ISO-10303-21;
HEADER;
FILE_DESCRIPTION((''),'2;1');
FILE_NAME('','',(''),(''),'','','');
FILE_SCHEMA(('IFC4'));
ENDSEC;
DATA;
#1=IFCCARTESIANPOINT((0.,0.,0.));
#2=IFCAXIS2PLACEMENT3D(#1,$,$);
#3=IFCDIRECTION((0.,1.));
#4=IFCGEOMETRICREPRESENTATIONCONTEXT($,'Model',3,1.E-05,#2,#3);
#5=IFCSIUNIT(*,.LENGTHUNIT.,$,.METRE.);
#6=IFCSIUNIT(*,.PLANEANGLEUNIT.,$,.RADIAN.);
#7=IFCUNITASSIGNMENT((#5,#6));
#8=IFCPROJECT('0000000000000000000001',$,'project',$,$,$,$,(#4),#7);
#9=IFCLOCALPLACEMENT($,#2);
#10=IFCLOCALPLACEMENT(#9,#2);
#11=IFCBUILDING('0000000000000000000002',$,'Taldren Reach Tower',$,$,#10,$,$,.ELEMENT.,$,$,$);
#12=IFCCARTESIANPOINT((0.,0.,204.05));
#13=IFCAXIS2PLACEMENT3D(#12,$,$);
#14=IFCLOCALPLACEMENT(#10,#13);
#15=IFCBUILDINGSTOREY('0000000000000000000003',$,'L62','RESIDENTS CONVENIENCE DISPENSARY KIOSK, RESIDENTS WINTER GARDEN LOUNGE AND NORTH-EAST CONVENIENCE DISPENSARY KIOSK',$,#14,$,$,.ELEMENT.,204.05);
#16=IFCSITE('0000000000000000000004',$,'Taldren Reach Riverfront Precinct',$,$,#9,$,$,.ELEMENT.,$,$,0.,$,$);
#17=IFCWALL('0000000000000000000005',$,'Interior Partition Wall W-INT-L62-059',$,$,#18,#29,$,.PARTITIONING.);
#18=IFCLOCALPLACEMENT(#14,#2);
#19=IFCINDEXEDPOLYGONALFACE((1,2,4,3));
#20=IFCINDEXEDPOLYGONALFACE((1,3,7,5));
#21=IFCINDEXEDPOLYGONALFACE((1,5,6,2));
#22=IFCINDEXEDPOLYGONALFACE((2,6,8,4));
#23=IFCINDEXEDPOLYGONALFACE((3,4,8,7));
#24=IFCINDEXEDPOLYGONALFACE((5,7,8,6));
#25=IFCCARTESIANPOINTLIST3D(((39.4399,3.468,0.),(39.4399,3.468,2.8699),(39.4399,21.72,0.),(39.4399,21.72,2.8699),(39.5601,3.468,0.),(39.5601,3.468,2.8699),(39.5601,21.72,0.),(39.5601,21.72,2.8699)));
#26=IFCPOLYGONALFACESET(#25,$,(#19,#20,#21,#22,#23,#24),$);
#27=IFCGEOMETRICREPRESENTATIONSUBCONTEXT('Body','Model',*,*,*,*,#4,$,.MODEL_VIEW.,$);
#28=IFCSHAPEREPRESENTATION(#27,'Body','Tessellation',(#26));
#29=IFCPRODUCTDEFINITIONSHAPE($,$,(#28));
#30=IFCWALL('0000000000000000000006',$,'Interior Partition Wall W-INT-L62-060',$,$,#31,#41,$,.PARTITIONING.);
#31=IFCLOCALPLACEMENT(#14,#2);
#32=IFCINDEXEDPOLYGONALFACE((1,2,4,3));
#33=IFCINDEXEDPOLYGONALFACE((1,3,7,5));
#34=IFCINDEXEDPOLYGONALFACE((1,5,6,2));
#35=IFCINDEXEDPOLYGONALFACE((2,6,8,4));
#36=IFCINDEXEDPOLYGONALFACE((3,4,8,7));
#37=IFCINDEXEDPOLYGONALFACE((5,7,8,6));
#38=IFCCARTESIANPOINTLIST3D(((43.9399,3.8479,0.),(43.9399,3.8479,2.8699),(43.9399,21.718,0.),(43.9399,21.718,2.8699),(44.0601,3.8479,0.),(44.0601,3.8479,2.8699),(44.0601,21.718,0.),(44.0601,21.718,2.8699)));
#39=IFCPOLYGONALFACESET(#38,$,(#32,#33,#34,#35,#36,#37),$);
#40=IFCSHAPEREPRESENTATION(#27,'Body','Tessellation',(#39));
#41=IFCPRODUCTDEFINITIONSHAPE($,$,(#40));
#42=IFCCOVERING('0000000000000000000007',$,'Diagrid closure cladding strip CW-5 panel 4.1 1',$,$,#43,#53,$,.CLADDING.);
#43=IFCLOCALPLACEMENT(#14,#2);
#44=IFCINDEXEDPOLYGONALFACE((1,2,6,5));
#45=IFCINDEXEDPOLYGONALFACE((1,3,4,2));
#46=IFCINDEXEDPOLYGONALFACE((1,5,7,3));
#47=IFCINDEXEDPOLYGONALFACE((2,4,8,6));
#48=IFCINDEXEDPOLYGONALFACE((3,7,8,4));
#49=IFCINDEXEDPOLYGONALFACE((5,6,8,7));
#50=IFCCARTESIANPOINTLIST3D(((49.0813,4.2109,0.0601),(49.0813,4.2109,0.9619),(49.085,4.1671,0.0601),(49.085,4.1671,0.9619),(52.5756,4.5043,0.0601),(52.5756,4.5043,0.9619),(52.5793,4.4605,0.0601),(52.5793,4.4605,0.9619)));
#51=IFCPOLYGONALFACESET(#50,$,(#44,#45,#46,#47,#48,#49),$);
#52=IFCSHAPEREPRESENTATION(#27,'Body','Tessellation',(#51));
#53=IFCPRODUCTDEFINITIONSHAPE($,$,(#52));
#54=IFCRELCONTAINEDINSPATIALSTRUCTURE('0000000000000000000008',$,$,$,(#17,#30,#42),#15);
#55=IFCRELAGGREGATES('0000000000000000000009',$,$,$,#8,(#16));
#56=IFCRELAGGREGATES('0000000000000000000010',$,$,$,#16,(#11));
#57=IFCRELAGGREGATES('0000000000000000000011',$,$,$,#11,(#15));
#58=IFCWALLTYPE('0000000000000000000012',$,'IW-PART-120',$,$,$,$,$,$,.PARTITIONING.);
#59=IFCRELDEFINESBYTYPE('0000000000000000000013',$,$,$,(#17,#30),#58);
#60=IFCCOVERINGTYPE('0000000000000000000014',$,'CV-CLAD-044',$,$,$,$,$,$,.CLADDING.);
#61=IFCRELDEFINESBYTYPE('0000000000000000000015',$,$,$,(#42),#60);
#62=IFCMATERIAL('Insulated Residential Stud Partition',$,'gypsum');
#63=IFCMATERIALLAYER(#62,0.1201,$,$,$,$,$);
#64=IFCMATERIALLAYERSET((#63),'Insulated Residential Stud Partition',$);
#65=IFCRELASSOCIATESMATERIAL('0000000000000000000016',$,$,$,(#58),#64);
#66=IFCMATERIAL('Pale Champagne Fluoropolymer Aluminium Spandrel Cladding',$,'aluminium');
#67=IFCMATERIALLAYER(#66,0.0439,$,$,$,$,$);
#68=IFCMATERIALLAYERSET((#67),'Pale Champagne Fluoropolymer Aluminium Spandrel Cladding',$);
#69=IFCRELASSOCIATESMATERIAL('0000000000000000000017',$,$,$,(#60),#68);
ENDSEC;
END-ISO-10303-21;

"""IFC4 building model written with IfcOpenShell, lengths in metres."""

from ifc_helpers import new_model, si_unit, direction, frame, frame_2d, origin, origin_2d, place, context, subcontext, project, spatial, rectangle, extrude, source, transform, mapped, material, layer, layer_set, type_object, element, save


model = new_model("IFC4")

# Units and contexts
model_context = context("Model", 3, precision=1e-05, world=origin(), true_north=direction((0.0, 1.0)))
body_context = subcontext(model_context, "Body", "Model", "MODEL_VIEW")
ifc_project = project(units=[si_unit("LENGTHUNIT", "METRE"), si_unit("PLANEANGLEUNIT", "RADIAN")], contexts=[model_context])

# Site, building, storey
site_placement = place(None, origin())
site = spatial("IfcSite", under=ifc_project, at=site_placement, Name="Taldren Reach Riverfront Precinct", CompositionType="ELEMENT", RefElevation=0.0)
building_placement = place(site_placement, origin())
building = spatial("IfcBuilding", under=site, at=building_placement, Name="Taldren Reach Tower", CompositionType="ELEMENT")
storey_placement = place(building_placement, frame((0.0, 0.0, 204.05)))
storey = spatial("IfcBuildingStorey", under=building, at=storey_placement, Name="L62", Description="RESIDENTS CONVENIENCE DISPENSARY KIOSK, RESIDENTS WINTER GARDEN LOUNGE AND NORTH-EAST CONVENIENCE DISPENSARY KIOSK", CompositionType="ELEMENT", Elevation=204.05)

# Walls
ifc_material_1 = material(Name="Insulated Residential Stud Partition", Category="gypsum")
ifc_layer_1 = layer(ifc_material_1, 0.1201)
ifc_layer_set_1 = layer_set([ifc_layer_1], Name="Insulated Residential Stud Partition")
wall_type_1 = type_object("IfcWallType", Name="IW-PART-120", PredefinedType="PARTITIONING", material=ifc_layer_set_1)
shared_shape_1 = source(origin(), body_context, "Body", "SweptSolid", [
    extrude(rectangle(XDim=18.252, YDim=0.1201, at=frame_2d((9.126, 0.0))), origin(), (0.0, 0.0, 1.0), 2.8699),
])
wall_1_placement = place(storey_placement, frame((39.5, 21.72, 0.0), z_axis=(0.0, 0.0, 1.0), x_axis=(0.0, -1.0, 0.0)))
element("IfcWall", 1, at=wall_1_placement, inside=storey, type_object=wall_type_1, Name="Interior Partition Wall W-INT-L62-059", PredefinedType="PARTITIONING", context=body_context, shape_type="MappedRepresentation", body=[
    mapped(shared_shape_1, transform((0.0, 0.0, 0.0), scale=1.0)),
])
shared_shape_2 = source(origin(), body_context, "Body", "SweptSolid", [
    extrude(rectangle(XDim=17.8701, YDim=0.1201, at=frame_2d((8.9351, 0.0))), origin(), (0.0, 0.0, 1.0), 2.8699),
])
wall_2_placement = place(storey_placement, frame((44.0, 21.718, 0.0), z_axis=(0.0, 0.0, 1.0), x_axis=(0.0, -1.0, 0.0)))
element("IfcWall", 2, at=wall_2_placement, inside=storey, type_object=wall_type_1, Name="Interior Partition Wall W-INT-L62-060", PredefinedType="PARTITIONING", context=body_context, shape_type="MappedRepresentation", body=[
    mapped(shared_shape_2, transform((0.0, 0.0, 0.0), scale=1.0)),
])

# Covering
ifc_material_2 = material(Name="Pale Champagne Fluoropolymer Aluminium Spandrel Cladding", Category="aluminium")
ifc_layer_2 = layer(ifc_material_2, 0.0439)
ifc_layer_set_2 = layer_set([ifc_layer_2], Name="Pale Champagne Fluoropolymer Aluminium Spandrel Cladding")
covering_type = type_object("IfcCoveringType", Name="CV-CLAD-044", PredefinedType="CLADDING", material=ifc_layer_set_2)
shared_shape_3 = source(origin(), body_context, "Body", "SweptSolid", [
    extrude(rectangle(XDim=3.5066, YDim=0.0439, at=origin_2d()), origin(), (0.0, 0.0, 1.0), 0.9019),
])
covering_placement = place(storey_placement, frame((50.8303, 4.3357, 0.0601), z_axis=(0.0, 0.0, 1.0), x_axis=(0.996493, 0.083678, 0.0)))
element("IfcCovering", 3, at=covering_placement, inside=storey, type_object=covering_type, Name="Diagrid closure cladding strip CW-5 panel 4.1 1", PredefinedType="CLADDING", context=body_context, shape_type="MappedRepresentation", body=[
    mapped(shared_shape_3, transform((0.0, 0.0, 0.0), scale=1.0)),
])

save(model, "model.ifc")
